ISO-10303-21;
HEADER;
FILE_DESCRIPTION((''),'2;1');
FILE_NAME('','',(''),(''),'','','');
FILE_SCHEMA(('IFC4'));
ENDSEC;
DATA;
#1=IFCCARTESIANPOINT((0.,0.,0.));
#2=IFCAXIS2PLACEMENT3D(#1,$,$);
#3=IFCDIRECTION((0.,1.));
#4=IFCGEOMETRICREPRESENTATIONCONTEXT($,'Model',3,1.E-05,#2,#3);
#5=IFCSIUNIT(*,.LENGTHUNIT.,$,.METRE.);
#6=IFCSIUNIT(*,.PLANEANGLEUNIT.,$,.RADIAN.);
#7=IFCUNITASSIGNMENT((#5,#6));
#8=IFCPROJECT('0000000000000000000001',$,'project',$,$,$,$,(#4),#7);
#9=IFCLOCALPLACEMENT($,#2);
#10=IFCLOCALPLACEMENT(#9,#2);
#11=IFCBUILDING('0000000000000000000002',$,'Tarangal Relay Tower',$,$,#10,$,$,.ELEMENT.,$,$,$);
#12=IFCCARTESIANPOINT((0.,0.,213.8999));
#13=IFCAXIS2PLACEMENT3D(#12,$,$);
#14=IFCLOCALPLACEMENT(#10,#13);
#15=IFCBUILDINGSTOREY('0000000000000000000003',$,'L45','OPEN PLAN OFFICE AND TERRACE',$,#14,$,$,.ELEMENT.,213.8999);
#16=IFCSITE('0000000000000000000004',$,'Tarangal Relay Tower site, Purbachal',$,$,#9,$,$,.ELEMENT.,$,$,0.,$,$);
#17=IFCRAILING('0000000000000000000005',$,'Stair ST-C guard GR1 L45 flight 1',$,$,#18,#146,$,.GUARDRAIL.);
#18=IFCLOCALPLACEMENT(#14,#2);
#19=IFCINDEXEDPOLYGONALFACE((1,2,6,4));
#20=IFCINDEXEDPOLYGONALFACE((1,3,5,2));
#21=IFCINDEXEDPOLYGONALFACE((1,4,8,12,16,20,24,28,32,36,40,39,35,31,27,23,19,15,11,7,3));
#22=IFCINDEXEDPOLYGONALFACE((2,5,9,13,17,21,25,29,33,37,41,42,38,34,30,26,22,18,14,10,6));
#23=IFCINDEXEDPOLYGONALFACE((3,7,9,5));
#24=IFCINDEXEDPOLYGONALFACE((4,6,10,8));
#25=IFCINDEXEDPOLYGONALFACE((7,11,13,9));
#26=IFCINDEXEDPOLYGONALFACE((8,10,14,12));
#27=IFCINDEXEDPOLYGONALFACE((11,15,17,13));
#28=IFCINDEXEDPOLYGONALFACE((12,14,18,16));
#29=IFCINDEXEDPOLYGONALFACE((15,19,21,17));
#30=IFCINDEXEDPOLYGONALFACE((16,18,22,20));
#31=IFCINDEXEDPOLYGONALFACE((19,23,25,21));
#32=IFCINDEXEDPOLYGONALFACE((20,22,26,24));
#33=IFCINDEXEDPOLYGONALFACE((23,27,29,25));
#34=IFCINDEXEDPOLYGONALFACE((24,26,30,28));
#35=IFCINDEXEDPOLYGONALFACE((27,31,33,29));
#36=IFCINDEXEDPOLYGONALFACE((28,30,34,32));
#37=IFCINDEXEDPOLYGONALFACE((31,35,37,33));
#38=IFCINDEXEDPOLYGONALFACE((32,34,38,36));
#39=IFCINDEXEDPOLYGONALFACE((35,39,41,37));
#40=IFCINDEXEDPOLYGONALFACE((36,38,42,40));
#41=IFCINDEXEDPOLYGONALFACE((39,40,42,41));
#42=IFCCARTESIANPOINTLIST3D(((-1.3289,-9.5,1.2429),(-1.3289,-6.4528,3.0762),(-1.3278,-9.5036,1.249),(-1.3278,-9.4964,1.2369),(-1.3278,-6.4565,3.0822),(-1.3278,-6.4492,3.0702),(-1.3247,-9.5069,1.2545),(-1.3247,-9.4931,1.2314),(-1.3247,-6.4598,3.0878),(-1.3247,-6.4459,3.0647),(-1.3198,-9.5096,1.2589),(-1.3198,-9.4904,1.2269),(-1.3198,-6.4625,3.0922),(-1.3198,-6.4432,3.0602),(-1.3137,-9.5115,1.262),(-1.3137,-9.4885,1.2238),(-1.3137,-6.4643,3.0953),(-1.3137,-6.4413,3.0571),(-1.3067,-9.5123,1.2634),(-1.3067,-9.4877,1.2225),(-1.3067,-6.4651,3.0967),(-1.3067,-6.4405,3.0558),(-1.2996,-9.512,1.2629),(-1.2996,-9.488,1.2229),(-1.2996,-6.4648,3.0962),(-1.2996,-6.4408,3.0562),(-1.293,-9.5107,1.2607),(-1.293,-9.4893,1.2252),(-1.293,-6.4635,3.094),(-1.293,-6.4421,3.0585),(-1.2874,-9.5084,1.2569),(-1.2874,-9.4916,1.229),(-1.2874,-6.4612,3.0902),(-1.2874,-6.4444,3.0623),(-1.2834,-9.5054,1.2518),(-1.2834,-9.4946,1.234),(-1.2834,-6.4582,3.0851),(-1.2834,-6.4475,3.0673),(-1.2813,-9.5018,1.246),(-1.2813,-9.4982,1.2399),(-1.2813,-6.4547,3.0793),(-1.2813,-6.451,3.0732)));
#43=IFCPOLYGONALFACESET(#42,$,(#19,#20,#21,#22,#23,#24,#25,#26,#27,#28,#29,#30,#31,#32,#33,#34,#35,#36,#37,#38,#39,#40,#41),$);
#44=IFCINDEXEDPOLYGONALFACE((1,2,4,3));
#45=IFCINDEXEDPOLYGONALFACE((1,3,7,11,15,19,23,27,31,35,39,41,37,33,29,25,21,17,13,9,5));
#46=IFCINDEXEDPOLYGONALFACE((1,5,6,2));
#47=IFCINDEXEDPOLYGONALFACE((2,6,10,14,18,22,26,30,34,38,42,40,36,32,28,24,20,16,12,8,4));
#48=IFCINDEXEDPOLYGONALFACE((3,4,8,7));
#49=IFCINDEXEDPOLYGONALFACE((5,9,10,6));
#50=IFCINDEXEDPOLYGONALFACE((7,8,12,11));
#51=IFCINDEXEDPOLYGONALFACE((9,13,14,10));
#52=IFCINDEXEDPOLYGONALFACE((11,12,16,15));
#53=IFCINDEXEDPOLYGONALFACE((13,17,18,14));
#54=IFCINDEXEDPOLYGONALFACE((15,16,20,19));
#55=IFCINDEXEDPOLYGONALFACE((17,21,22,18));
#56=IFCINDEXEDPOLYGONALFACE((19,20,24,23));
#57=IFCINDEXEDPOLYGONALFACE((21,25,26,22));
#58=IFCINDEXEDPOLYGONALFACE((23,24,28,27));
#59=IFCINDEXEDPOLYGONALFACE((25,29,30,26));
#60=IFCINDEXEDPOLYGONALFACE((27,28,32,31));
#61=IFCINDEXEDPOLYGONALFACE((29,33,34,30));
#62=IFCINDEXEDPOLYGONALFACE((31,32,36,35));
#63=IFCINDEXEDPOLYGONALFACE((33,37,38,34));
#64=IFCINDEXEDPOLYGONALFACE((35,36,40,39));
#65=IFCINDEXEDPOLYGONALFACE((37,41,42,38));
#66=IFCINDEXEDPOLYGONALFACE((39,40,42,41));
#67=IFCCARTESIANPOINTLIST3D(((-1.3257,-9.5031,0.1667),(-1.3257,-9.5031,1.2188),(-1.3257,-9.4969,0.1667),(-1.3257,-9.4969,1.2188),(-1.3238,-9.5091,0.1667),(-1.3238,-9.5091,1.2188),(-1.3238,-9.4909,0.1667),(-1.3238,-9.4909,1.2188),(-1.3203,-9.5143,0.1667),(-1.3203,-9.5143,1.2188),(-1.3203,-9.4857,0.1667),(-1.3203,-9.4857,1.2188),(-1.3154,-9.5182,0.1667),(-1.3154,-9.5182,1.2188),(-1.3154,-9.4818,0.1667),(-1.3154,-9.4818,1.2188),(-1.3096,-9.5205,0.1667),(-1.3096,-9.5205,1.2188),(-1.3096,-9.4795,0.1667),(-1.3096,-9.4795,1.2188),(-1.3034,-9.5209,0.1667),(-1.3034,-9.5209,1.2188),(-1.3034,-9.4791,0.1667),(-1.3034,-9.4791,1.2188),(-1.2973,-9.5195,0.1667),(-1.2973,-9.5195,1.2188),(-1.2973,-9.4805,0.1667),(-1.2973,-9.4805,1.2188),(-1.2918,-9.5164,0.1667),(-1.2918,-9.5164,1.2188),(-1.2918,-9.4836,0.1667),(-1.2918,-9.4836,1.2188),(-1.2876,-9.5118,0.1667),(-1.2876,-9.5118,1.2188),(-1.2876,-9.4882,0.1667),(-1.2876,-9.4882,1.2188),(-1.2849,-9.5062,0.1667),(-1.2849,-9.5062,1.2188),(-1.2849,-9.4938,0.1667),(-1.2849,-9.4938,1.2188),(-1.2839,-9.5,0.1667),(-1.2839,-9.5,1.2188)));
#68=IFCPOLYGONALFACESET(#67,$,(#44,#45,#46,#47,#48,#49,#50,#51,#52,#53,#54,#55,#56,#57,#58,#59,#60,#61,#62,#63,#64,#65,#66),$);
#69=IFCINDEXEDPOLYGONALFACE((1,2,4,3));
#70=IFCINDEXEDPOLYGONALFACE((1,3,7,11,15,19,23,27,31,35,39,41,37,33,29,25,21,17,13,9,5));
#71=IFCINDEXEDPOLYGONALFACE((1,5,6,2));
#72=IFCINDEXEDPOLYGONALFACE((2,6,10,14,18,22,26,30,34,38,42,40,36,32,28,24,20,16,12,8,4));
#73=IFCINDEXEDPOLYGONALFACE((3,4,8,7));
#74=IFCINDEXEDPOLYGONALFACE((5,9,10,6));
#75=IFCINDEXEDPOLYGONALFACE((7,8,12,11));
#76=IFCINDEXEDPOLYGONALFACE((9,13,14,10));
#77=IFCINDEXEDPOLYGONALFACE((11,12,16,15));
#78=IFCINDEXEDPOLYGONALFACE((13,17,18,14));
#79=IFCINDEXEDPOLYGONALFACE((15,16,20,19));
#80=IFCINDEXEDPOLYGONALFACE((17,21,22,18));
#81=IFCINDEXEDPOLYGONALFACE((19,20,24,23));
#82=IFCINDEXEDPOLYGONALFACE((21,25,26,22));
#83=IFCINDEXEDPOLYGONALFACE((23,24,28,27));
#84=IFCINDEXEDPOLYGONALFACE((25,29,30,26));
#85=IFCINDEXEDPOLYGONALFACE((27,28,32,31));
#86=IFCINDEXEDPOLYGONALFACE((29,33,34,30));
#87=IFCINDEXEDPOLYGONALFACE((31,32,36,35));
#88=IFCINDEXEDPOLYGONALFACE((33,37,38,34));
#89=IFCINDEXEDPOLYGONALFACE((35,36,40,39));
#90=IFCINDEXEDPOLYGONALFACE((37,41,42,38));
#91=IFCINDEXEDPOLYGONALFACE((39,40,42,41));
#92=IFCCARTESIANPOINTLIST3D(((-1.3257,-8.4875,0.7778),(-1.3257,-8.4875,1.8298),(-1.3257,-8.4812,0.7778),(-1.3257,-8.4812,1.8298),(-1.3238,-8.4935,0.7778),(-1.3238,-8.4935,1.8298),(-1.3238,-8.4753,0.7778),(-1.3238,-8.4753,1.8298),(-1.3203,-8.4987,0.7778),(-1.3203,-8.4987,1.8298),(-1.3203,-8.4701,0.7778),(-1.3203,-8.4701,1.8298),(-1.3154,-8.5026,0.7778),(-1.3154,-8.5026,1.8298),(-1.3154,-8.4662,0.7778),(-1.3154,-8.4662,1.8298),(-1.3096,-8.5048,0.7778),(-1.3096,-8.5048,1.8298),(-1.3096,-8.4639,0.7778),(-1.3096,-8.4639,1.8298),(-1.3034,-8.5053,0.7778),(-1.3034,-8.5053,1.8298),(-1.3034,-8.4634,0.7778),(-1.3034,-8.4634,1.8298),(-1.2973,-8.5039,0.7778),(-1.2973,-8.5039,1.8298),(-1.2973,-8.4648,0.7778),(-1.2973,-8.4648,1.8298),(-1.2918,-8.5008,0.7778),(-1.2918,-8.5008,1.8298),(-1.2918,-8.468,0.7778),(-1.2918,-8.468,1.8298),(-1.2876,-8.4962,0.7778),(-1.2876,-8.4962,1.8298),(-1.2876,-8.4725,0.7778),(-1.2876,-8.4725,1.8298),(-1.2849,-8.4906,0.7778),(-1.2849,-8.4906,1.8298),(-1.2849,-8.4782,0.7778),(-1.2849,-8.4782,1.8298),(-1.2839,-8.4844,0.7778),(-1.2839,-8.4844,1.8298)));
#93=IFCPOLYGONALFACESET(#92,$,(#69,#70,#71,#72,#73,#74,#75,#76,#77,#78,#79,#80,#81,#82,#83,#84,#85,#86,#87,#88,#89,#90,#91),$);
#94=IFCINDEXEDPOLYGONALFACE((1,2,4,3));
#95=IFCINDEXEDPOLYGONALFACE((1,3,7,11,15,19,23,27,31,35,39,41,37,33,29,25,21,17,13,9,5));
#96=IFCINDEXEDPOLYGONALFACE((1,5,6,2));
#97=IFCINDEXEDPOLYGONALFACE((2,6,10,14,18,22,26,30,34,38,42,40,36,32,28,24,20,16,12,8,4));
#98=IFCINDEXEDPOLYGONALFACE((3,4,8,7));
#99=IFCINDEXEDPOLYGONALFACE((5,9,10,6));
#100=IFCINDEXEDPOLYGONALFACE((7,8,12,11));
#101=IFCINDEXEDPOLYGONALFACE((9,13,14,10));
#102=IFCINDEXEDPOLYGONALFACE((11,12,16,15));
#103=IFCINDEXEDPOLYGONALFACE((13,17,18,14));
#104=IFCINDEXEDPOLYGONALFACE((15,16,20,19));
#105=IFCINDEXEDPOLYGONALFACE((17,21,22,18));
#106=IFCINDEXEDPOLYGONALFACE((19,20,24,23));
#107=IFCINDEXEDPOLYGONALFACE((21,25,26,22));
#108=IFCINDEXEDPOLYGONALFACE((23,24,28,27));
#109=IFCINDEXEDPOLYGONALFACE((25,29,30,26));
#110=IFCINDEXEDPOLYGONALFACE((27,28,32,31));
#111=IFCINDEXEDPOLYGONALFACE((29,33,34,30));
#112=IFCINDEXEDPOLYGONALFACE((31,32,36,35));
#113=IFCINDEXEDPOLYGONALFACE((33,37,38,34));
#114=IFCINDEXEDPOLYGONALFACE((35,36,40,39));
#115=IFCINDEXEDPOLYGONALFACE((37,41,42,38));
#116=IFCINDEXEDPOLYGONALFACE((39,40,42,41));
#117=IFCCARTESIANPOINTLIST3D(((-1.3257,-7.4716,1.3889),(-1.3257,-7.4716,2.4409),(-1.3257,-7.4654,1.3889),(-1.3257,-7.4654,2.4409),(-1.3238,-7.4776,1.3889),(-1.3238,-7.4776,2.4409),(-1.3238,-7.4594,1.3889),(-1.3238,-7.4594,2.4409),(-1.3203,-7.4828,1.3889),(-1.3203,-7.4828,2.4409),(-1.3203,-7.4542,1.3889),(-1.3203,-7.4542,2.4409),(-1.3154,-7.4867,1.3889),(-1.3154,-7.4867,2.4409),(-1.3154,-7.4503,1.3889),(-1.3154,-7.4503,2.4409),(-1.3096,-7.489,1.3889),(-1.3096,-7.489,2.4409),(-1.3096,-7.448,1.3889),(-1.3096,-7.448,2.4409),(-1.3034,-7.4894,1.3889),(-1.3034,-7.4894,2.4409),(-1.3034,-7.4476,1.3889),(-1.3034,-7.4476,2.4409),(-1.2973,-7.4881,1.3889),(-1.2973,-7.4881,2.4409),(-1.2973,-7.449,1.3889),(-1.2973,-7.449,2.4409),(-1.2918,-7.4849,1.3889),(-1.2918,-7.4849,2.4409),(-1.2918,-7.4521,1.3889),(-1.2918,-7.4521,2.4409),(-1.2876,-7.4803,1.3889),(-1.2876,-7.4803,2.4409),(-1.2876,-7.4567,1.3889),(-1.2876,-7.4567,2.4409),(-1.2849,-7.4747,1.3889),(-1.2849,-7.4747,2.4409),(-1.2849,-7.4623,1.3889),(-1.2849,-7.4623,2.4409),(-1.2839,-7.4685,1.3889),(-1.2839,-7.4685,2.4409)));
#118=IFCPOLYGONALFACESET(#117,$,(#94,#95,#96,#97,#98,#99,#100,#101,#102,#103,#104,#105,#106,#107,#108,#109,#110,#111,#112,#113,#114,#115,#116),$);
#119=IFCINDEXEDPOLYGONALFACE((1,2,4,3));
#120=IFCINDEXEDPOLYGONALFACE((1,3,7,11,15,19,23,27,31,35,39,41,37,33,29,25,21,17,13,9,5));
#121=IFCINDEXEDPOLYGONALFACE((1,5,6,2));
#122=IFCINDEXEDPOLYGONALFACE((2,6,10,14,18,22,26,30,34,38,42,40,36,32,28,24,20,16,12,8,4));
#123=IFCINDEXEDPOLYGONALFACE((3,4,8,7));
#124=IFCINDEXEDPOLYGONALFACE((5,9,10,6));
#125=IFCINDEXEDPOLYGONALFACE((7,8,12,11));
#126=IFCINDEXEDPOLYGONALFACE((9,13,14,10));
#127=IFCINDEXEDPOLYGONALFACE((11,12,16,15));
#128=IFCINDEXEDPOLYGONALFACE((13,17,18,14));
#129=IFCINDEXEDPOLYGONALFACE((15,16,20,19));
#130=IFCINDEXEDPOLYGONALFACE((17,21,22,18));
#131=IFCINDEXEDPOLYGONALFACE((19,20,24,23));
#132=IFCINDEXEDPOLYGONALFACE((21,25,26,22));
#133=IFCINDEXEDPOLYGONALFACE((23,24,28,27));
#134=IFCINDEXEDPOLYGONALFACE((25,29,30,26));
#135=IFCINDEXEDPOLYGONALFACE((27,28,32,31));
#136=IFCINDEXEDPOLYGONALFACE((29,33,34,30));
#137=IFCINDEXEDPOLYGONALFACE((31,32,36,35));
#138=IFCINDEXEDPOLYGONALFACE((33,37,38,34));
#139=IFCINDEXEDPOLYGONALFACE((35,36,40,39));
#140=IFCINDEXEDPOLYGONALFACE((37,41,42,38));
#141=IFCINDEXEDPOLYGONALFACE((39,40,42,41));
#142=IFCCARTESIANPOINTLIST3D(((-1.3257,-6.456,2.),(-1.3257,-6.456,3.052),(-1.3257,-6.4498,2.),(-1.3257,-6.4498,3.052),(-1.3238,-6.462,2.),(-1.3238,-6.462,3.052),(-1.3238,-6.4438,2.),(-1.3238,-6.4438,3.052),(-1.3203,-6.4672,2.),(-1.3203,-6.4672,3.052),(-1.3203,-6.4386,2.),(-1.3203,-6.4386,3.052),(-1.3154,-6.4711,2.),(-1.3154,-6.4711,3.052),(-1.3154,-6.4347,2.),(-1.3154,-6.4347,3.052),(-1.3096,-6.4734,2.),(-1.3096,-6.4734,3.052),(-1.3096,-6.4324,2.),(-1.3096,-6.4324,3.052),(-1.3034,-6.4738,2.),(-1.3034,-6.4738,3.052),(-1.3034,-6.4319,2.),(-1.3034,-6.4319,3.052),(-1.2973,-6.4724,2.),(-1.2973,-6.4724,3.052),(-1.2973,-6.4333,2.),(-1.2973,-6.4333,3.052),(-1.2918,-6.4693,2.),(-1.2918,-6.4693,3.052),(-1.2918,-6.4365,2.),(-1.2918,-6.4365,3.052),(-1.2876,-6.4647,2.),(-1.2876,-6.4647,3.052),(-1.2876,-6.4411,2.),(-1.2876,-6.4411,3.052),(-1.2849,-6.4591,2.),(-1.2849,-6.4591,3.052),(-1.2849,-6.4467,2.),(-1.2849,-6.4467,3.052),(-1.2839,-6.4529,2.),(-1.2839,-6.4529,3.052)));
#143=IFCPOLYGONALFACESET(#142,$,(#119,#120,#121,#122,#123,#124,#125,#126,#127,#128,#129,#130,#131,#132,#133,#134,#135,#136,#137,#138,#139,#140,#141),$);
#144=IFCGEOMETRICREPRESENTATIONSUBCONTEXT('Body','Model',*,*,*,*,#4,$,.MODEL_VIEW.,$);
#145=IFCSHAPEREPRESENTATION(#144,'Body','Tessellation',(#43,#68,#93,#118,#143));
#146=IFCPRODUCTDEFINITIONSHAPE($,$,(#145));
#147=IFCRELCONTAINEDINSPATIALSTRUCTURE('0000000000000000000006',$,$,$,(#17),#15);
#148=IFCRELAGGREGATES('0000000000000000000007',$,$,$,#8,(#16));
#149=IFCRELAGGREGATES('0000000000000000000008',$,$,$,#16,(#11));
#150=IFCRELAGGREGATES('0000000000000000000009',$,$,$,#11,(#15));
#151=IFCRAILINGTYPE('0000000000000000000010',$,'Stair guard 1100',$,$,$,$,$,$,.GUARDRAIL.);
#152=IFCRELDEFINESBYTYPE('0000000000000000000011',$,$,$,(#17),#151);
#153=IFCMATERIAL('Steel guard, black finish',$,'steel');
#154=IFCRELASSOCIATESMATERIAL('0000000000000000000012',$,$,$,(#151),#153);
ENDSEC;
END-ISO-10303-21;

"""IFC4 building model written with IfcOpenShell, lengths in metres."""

from ifc_helpers import new_model, si_unit, direction, frame, origin, origin_2d, place, context, subcontext, project, spatial, circle, extrude, material, type_object, element, save


model = new_model("IFC4")

# Units and contexts
model_context = context("Model", 3, precision=1e-05, world=origin(), true_north=direction((0.0, 1.0)))
body_context = subcontext(model_context, "Body", "Model", "MODEL_VIEW")
ifc_project = project(units=[si_unit("LENGTHUNIT", "METRE"), si_unit("PLANEANGLEUNIT", "RADIAN")], contexts=[model_context])

# Site, building, storey
site_placement = place(None, origin())
site = spatial("IfcSite", under=ifc_project, at=site_placement, Name="Tarangal Relay Tower site, Purbachal", CompositionType="ELEMENT", RefElevation=0.0)
building_placement = place(site_placement, origin())
building = spatial("IfcBuilding", under=site, at=building_placement, Name="Tarangal Relay Tower", CompositionType="ELEMENT")
storey_placement = place(building_placement, frame((0.0, 0.0, 213.8999)))
storey = spatial("IfcBuildingStorey", under=building, at=storey_placement, Name="L45", Description="OPEN PLAN OFFICE AND TERRACE", CompositionType="ELEMENT", Elevation=213.8999)

# Railing
ifc_material_1 = material(Name="Steel guard, black finish", Category="steel")
railing_type_1 = type_object("IfcRailingType", Name="Stair guard 1100", PredefinedType="GUARDRAIL", material=ifc_material_1)
railing_1_placement = place(storey_placement, frame((-1.3049, -9.5, 0.1667)))
element("IfcRailing", 1, at=railing_1_placement, inside=storey, type_object=railing_type_1, Name="Stair ST-C guard GR1 L45 flight 1", PredefinedType="GUARDRAIL", context=body_context, shape_type="SweptSolid", body=[
    extrude(circle(Radius=0.0239, at=origin_2d()), frame((0.0, 0.0, 1.0762), z_axis=(0.0, 0.856874, 0.515525), x_axis=(-1.0, 0.0, 0.0)), (0.0, 0.0, 1.0), 3.5562),
    extrude(circle(Radius=0.021, at=origin_2d()), origin(), (0.0, 0.0, 1.0), 1.052),
    extrude(circle(Radius=0.021, at=origin_2d()), frame((0.0, 1.0156, 0.6111)), (0.0, 0.0, 1.0), 1.052),
    extrude(circle(Radius=0.021, at=origin_2d()), frame((0.0, 2.0315, 1.2222)), (0.0, 0.0, 1.0), 1.052),
    extrude(circle(Radius=0.021, at=origin_2d()), frame((0.0, 3.0471, 1.8333)), (0.0, 0.0, 1.0), 1.052),
])

save(model, "model.ifc")
